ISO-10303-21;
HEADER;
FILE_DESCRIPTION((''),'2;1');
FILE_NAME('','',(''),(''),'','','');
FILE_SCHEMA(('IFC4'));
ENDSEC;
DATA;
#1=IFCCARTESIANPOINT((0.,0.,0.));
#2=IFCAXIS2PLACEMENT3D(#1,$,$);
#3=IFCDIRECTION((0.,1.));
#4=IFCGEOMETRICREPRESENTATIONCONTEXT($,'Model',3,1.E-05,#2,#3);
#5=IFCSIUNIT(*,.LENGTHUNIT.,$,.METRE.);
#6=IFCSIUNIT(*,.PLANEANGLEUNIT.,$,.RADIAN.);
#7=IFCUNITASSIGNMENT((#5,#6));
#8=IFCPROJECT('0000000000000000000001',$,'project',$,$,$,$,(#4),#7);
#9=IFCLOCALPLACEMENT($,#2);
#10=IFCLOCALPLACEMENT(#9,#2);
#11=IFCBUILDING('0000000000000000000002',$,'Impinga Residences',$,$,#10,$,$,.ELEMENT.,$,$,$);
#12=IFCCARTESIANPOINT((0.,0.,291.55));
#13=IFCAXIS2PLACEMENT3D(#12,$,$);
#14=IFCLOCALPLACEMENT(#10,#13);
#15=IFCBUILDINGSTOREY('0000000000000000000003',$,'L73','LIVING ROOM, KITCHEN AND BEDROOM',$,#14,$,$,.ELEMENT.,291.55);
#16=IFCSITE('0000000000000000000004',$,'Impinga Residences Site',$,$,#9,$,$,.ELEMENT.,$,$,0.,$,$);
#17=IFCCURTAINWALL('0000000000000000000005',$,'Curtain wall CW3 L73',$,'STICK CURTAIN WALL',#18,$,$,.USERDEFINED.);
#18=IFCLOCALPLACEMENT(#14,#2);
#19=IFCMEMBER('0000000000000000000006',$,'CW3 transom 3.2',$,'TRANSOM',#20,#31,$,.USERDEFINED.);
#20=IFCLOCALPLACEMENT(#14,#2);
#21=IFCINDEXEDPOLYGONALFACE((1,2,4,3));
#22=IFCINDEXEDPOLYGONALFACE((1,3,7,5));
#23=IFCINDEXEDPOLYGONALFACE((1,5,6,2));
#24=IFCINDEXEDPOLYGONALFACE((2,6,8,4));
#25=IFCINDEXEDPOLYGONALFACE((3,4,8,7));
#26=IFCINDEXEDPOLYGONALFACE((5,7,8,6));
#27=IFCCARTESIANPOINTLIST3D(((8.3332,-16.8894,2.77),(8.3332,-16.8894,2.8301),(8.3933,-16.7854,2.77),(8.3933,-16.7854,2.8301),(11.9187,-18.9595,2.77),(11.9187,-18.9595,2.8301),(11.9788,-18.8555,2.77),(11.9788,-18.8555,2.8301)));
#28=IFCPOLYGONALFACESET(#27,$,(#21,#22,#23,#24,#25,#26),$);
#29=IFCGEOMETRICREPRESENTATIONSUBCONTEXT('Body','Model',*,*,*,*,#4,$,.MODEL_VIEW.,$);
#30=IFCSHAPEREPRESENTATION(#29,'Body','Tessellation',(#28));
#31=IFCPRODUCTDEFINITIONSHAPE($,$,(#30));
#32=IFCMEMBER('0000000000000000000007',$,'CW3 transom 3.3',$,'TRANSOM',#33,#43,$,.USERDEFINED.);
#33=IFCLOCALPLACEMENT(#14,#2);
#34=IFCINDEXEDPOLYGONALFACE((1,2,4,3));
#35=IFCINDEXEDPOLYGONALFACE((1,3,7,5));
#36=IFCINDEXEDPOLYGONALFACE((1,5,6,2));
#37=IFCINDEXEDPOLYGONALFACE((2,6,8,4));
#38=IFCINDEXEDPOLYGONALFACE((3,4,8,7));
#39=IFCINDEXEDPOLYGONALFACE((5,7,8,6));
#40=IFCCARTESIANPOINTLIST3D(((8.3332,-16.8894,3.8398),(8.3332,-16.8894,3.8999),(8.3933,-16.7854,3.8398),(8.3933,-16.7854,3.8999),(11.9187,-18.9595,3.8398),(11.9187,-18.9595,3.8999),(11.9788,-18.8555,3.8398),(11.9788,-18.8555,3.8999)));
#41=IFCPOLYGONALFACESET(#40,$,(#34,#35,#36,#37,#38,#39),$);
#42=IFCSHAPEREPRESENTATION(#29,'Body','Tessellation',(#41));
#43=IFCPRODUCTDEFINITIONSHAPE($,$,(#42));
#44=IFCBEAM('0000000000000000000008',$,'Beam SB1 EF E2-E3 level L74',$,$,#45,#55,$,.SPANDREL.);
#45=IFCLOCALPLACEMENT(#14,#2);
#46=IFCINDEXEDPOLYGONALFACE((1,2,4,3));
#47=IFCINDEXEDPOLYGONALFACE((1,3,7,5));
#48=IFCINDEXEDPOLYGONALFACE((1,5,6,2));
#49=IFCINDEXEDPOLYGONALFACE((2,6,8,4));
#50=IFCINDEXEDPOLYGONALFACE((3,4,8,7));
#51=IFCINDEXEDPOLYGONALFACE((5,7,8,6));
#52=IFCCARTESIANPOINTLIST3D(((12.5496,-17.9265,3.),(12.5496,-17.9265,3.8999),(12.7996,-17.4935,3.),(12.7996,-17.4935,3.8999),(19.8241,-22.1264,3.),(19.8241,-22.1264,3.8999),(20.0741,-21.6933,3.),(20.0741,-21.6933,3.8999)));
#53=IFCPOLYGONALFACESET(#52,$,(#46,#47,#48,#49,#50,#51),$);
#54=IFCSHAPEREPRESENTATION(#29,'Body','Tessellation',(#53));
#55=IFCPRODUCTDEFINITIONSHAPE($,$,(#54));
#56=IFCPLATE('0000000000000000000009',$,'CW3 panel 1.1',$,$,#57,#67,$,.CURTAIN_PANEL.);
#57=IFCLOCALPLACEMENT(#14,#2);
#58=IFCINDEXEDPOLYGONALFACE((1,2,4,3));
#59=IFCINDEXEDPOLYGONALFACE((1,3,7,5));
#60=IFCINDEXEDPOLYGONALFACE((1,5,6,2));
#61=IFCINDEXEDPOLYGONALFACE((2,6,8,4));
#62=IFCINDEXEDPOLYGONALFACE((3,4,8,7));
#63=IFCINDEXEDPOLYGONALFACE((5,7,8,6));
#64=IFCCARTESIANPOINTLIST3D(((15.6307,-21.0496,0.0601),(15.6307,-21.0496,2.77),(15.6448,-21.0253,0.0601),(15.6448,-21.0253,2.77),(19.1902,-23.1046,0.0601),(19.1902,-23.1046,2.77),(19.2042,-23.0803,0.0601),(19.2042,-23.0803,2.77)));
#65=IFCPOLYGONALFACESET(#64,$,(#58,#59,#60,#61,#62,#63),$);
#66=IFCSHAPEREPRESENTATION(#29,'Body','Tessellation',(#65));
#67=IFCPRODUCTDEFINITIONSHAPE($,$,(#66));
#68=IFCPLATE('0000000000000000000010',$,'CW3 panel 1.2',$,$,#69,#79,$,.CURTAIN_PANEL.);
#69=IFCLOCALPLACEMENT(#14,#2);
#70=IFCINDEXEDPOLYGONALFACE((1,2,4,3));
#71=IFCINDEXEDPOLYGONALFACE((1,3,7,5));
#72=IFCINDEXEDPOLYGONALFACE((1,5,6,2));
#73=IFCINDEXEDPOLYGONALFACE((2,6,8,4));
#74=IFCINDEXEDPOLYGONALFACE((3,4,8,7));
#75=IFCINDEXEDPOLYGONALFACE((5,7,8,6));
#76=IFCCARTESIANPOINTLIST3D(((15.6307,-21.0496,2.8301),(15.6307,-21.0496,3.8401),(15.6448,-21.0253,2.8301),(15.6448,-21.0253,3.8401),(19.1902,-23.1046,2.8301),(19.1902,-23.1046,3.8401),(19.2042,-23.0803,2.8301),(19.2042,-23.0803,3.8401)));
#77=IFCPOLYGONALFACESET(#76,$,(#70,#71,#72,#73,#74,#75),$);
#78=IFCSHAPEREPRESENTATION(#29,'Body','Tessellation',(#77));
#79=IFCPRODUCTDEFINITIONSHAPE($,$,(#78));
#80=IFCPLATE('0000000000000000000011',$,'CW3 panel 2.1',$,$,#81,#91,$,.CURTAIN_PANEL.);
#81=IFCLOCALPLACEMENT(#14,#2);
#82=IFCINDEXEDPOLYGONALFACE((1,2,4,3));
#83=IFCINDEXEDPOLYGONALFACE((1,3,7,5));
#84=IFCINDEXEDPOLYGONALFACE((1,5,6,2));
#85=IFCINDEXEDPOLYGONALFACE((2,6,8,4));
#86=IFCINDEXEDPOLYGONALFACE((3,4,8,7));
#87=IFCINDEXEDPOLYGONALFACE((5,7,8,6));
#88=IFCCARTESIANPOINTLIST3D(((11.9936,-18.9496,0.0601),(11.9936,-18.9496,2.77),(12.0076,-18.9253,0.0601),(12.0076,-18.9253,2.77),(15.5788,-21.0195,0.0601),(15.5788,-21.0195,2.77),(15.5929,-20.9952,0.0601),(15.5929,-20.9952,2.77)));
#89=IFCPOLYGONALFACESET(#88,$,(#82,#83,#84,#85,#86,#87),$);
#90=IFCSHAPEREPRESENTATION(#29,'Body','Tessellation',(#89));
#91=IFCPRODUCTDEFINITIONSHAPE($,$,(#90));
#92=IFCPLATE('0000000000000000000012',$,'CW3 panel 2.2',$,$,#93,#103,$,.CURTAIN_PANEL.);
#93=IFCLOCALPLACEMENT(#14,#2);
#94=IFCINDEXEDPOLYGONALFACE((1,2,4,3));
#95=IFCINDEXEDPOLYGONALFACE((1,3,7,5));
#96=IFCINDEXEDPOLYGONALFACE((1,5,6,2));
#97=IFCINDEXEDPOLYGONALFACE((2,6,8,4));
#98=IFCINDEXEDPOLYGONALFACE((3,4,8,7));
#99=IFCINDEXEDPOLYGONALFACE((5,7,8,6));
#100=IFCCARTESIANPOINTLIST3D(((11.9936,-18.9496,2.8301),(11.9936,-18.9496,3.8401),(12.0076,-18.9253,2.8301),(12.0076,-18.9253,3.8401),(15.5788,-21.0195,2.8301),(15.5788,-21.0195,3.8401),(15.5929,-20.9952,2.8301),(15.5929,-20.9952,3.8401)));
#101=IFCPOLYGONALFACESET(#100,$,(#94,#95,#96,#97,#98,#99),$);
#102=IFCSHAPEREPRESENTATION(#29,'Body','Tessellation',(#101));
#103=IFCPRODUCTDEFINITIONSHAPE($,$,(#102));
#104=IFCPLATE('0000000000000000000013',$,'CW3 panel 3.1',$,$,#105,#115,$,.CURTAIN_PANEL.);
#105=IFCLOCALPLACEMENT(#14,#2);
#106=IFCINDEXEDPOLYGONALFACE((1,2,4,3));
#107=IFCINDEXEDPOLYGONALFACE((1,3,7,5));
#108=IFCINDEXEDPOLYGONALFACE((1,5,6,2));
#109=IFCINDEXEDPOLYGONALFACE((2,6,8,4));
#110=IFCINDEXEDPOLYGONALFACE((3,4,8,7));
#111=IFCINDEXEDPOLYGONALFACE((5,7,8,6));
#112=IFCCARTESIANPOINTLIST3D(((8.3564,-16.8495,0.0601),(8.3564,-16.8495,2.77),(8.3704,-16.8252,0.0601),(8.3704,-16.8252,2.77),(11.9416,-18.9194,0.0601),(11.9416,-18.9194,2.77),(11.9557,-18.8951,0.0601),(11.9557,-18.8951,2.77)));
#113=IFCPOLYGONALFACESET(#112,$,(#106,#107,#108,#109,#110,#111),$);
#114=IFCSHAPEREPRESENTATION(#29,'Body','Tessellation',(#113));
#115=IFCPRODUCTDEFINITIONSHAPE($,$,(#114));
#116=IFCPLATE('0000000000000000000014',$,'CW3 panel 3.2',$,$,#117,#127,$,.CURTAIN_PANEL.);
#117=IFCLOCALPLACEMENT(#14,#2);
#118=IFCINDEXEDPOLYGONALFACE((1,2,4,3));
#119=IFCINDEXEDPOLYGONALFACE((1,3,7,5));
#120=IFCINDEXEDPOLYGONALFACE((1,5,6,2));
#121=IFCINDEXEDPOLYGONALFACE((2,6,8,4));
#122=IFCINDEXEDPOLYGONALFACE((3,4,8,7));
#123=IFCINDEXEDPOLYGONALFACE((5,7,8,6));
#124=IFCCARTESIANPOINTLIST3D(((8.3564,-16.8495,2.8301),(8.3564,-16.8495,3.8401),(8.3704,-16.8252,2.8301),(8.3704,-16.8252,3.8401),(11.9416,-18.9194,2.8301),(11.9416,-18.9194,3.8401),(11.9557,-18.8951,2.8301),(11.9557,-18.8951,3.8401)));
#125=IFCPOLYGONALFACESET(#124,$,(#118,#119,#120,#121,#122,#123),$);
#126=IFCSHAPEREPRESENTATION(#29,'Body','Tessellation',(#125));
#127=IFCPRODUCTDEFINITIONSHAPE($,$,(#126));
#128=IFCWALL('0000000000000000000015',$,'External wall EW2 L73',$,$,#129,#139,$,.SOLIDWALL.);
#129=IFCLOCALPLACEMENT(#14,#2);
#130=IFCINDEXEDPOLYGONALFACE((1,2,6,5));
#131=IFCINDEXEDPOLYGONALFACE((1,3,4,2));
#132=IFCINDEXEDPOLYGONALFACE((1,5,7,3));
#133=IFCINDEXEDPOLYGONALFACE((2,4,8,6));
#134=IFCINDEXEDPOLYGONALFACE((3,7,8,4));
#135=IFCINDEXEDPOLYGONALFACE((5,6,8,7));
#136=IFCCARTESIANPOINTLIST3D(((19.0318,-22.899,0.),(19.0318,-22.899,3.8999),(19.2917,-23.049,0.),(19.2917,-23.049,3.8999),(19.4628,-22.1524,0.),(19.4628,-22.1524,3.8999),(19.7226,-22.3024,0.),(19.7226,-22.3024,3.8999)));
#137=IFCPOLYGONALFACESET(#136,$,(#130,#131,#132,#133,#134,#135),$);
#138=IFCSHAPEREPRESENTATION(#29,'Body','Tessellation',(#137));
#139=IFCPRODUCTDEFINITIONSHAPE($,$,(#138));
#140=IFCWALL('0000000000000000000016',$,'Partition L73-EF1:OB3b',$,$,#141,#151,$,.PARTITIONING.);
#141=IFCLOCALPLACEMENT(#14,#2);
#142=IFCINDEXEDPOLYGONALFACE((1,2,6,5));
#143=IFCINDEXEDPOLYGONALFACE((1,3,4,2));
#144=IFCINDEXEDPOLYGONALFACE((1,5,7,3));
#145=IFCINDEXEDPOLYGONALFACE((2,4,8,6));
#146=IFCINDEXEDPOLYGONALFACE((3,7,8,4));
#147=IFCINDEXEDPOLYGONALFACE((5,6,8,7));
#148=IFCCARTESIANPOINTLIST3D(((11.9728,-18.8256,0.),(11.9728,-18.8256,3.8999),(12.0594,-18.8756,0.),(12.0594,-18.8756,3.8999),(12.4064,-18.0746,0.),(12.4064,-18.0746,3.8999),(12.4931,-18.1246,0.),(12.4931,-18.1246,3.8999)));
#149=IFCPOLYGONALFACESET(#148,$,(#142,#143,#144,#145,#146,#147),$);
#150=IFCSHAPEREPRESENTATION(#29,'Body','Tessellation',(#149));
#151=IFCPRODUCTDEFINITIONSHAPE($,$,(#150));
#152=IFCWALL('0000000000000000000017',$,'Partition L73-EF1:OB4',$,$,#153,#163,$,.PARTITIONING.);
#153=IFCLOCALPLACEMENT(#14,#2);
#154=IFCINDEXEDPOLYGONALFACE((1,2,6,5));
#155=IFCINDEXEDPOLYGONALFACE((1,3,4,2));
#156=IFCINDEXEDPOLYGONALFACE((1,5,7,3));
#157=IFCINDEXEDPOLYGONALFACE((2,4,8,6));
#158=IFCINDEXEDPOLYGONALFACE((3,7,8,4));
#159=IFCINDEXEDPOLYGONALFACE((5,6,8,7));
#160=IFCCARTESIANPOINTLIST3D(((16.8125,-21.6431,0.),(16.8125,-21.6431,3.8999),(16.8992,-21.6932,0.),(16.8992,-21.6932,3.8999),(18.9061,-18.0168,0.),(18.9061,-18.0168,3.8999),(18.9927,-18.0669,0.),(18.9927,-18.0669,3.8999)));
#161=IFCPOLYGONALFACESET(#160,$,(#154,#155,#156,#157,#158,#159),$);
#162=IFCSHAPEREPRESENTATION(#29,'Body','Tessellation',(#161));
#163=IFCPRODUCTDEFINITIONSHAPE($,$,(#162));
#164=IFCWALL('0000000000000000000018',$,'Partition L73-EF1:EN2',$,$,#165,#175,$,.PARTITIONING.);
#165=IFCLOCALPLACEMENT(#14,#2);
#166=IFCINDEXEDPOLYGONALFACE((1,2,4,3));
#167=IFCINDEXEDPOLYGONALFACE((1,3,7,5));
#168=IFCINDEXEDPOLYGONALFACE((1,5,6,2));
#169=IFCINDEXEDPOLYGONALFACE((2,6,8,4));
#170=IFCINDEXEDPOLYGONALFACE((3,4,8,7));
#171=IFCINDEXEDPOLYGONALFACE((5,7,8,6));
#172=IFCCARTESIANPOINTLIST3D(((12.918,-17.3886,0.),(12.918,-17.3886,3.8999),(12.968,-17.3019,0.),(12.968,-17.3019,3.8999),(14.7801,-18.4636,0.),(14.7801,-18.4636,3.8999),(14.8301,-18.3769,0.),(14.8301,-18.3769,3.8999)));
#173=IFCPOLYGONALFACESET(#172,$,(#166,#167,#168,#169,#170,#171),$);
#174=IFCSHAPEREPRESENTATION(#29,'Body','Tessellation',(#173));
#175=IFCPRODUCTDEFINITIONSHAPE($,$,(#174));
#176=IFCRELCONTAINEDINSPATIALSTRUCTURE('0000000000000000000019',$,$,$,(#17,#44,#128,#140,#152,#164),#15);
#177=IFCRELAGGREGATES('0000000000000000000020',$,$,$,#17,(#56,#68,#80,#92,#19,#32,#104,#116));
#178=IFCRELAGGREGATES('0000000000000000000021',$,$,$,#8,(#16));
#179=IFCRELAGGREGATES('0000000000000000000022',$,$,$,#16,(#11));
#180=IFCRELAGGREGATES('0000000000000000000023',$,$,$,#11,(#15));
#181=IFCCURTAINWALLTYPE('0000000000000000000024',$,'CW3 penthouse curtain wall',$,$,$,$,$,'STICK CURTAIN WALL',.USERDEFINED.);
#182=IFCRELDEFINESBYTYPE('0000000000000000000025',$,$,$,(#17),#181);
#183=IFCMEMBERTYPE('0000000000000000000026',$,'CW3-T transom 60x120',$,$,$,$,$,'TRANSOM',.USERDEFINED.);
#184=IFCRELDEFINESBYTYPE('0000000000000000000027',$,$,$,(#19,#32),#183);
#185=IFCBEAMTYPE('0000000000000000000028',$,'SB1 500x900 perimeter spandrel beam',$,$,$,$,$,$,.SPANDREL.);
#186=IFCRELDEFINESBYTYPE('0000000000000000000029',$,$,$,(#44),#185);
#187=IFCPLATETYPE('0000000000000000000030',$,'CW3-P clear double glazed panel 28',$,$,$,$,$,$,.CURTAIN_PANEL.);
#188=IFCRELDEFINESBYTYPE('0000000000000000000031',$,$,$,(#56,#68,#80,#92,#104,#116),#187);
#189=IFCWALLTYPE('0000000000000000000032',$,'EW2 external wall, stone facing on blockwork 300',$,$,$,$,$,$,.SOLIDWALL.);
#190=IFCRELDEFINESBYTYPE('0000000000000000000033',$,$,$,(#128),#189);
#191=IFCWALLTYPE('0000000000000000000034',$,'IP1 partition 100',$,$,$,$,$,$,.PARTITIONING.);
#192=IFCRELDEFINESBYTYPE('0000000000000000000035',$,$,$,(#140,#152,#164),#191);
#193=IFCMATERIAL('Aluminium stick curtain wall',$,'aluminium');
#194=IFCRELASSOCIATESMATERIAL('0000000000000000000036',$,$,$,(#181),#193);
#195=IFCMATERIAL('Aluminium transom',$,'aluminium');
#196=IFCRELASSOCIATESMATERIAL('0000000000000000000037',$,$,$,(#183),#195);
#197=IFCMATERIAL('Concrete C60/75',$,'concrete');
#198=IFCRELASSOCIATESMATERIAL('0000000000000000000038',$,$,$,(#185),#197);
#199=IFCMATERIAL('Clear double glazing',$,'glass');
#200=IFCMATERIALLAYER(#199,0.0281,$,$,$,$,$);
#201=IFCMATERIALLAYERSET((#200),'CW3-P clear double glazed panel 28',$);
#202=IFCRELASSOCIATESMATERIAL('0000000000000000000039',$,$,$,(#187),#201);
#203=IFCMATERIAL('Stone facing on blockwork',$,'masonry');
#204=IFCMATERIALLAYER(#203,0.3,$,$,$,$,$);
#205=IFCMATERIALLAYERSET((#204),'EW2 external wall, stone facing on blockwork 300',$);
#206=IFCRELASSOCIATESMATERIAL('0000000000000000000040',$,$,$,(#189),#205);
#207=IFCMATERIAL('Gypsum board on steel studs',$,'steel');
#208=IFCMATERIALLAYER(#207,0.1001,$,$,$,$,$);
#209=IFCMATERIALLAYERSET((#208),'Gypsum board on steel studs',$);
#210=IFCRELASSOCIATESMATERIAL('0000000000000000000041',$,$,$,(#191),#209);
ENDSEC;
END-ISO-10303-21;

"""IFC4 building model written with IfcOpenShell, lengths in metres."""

from ifc_helpers import new_model, si_unit, direction, frame, frame_2d, origin, origin_2d, place, context, subcontext, project, spatial, rectangle, extrude, material, layer, layer_set, material_profile, profile_set, type_object, element, aggregate, save


model = new_model("IFC4")

# Units and contexts
model_context = context("Model", 3, precision=1e-05, world=origin(), true_north=direction((0.0, 1.0)))
body_context = subcontext(model_context, "Body", "Model", "MODEL_VIEW")
ifc_project = project(units=[si_unit("LENGTHUNIT", "METRE"), si_unit("PLANEANGLEUNIT", "RADIAN")], contexts=[model_context])

# Site, building, storey
site_placement = place(None, origin())
site = spatial("IfcSite", under=ifc_project, at=site_placement, Name="Impinga Residences Site", CompositionType="ELEMENT", RefElevation=0.0)
building_placement = place(site_placement, origin())
building = spatial("IfcBuilding", under=site, at=building_placement, Name="Impinga Residences", CompositionType="ELEMENT")
storey_placement = place(building_placement, frame((0.0, 0.0, 291.55)))
storey = spatial("IfcBuildingStorey", under=building, at=storey_placement, Name="L73", Description="LIVING ROOM, KITCHEN AND BEDROOM", CompositionType="ELEMENT", Elevation=291.55)

# Shared definitions
ifc_material_1 = material(Name="Concrete C60/75", Category="concrete")

# Curtain wall, members
ifc_material_2 = material(Name="Aluminium stick curtain wall", Category="aluminium")
curtain_wall_type = type_object("IfcCurtainWallType", Name="CW3 penthouse curtain wall", ElementType="STICK CURTAIN WALL", PredefinedType="USERDEFINED", material=ifc_material_2)
curtain_wall_placement = place(storey_placement, origin())
curtain_wall = element("IfcCurtainWall", 1, at=curtain_wall_placement, inside=storey, type_object=curtain_wall_type, Name="Curtain wall CW3 L73", ObjectType="STICK CURTAIN WALL", PredefinedType="USERDEFINED")
ifc_material_3 = material(Name="Aluminium transom", Category="aluminium")
ifc_material_profile_1 = material_profile(ifc_material_3, rectangle(XDim=0.0601, YDim=0.1201, at=origin_2d()), Name="60x120 transom")
ifc_profile_set_1 = profile_set([ifc_material_profile_1], Name="Aluminium transom")
member_type_1 = type_object("IfcMemberType", Name="CW3-T transom 60x120", ElementType="TRANSOM", PredefinedType="USERDEFINED", material=ifc_profile_set_1)
member_1_placement = place(storey_placement, frame((11.9487, -18.9075, 2.8), z_axis=(-0.866025, 0.500002, 0.0), x_axis=(0.0, 0.0, 1.0)))
member_1 = element("IfcMember", 2, at=member_1_placement, type_object=member_type_1, Name="CW3 transom 3.2", ObjectType="TRANSOM", PredefinedType="USERDEFINED", context=body_context, shape_type="SweptSolid", body=[
    extrude(rectangle(XDim=0.0601, YDim=0.1201, at=origin_2d()), origin(), (0.0, 0.0, 1.0), 4.1401),
])
member_2_placement = place(storey_placement, frame((11.9487, -18.9075, 3.8699), z_axis=(-0.866025, 0.500002, 0.0), x_axis=(0.0, 0.0, 1.0)))
member_2 = element("IfcMember", 3, at=member_2_placement, type_object=member_type_1, Name="CW3 transom 3.3", ObjectType="TRANSOM", PredefinedType="USERDEFINED", context=body_context, shape_type="SweptSolid", body=[
    extrude(rectangle(XDim=0.0601, YDim=0.1201, at=origin_2d()), origin(), (0.0, 0.0, 1.0), 4.1401),
])

# Beam
ifc_material_profile_2 = material_profile(ifc_material_1, rectangle(XDim=0.5, YDim=0.8999, at=origin_2d()), Name="RC 500x900")
ifc_profile_set_2 = profile_set([ifc_material_profile_2], Name="Concrete C60/75")
beam_type_1 = type_object("IfcBeamType", Name="SB1 500x900 perimeter spandrel beam", PredefinedType="SPANDREL", material=ifc_profile_set_2)
beam_1_placement = place(storey_placement, frame((12.6746, -17.71, 3.45), z_axis=(0.866029, -0.499993, 0.0), x_axis=(0.499993, 0.866029, 0.0)))
element("IfcBeam", 4, at=beam_1_placement, inside=storey, type_object=beam_type_1, Name="Beam SB1 EF E2-E3 level L74", PredefinedType="SPANDREL", context=body_context, shape_type="SweptSolid", body=[
    extrude(rectangle(XDim=0.5, YDim=0.8999, at=origin_2d()), origin(), (0.0, 0.0, 1.0), 8.3999),
])

# Plates
ifc_material_4 = material(Name="Clear double glazing", Category="glass")
ifc_layer_1 = layer(ifc_material_4, 0.0281)
ifc_layer_set_1 = layer_set([ifc_layer_1], Name="CW3-P clear double glazed panel 28")
plate_type = type_object("IfcPlateType", Name="CW3-P clear double glazed panel 28", PredefinedType="CURTAIN_PANEL", material=ifc_layer_set_1)
plate_1_placement = place(storey_placement, frame((17.4175, -22.0649, 0.0601), z_axis=(0.0, 0.0, 1.0), x_axis=(-0.866025, 0.5, 0.0)))
plate_1 = element("IfcPlate", 5, at=plate_1_placement, type_object=plate_type, Name="CW3 panel 1.1", PredefinedType="CURTAIN_PANEL", context=body_context, shape_type="SweptSolid", body=[
    extrude(rectangle(XDim=4.1101, YDim=0.0281, at=origin_2d()), origin(), (0.0, 0.0, 1.0), 2.71),
])
plate_2_placement = place(storey_placement, frame((17.4175, -22.0649, 2.8301), z_axis=(0.0, 0.0, 1.0), x_axis=(-0.866025, 0.5, 0.0)))
plate_2 = element("IfcPlate", 6, at=plate_2_placement, type_object=plate_type, Name="CW3 panel 1.2", PredefinedType="CURTAIN_PANEL", context=body_context, shape_type="SweptSolid", body=[
    extrude(rectangle(XDim=4.1101, YDim=0.0281, at=origin_2d()), origin(), (0.0, 0.0, 1.0), 1.01),
])
plate_3_placement = place(storey_placement, frame((13.7932, -19.9724, 0.0601), z_axis=(0.0, 0.0, 1.0), x_axis=(-0.866025, 0.5, 0.0)))
plate_3 = element("IfcPlate", 7, at=plate_3_placement, type_object=plate_type, Name="CW3 panel 2.1", PredefinedType="CURTAIN_PANEL", context=body_context, shape_type="SweptSolid", body=[
    extrude(rectangle(XDim=4.1399, YDim=0.0281, at=origin_2d()), origin(), (0.0, 0.0, 1.0), 2.71),
])
plate_4_placement = place(storey_placement, frame((13.7932, -19.9724, 2.8301), z_axis=(0.0, 0.0, 1.0), x_axis=(-0.866025, 0.5, 0.0)))
plate_4 = element("IfcPlate", 8, at=plate_4_placement, type_object=plate_type, Name="CW3 panel 2.2", PredefinedType="CURTAIN_PANEL", context=body_context, shape_type="SweptSolid", body=[
    extrude(rectangle(XDim=4.1399, YDim=0.0281, at=origin_2d()), origin(), (0.0, 0.0, 1.0), 1.01),
])
plate_5_placement = place(storey_placement, frame((10.156, -17.8723, 0.0601), z_axis=(0.0, 0.0, 1.0), x_axis=(-0.866025, 0.5, 0.0)))
plate_5 = element("IfcPlate", 9, at=plate_5_placement, type_object=plate_type, Name="CW3 panel 3.1", PredefinedType="CURTAIN_PANEL", context=body_context, shape_type="SweptSolid", body=[
    extrude(rectangle(XDim=4.1399, YDim=0.0281, at=origin_2d()), origin(), (0.0, 0.0, 1.0), 2.71),
])
plate_6_placement = place(storey_placement, frame((10.156, -17.8723, 2.8301), z_axis=(0.0, 0.0, 1.0), x_axis=(-0.866025, 0.5, 0.0)))
plate_6 = element("IfcPlate", 10, at=plate_6_placement, type_object=plate_type, Name="CW3 panel 3.2", PredefinedType="CURTAIN_PANEL", context=body_context, shape_type="SweptSolid", body=[
    extrude(rectangle(XDim=4.1399, YDim=0.0281, at=origin_2d()), origin(), (0.0, 0.0, 1.0), 1.01),
])
aggregate(curtain_wall, [plate_1, plate_2, plate_3, plate_4, member_1, member_2, plate_5, plate_6])

# Walls
ifc_material_5 = material(Name="Stone facing on blockwork", Category="masonry")
ifc_layer_2 = layer(ifc_material_5, 0.3)
ifc_layer_set_2 = layer_set([ifc_layer_2], Name="EW2 external wall, stone facing on blockwork 300")
wall_type_1 = type_object("IfcWallType", Name="EW2 external wall, stone facing on blockwork 300", PredefinedType="SOLIDWALL", material=ifc_layer_set_2)
wall_1_placement = place(storey_placement, frame((19.5928, -22.2273, 0.0), z_axis=(0.0, 0.0, 1.0), x_axis=(-0.499886, -0.866091, 0.0)))
element("IfcWall", 11, at=wall_1_placement, inside=storey, type_object=wall_type_1, Name="External wall EW2 L73", PredefinedType="SOLIDWALL", context=body_context, shape_type="SweptSolid", body=[
    extrude(rectangle(XDim=0.8621, YDim=0.3, at=frame_2d((0.4312, 0.0))), origin(), (0.0, 0.0, 1.0), 3.8999),
])
ifc_material_6 = material(Name="Gypsum board on steel studs", Category="steel")
ifc_layer_3 = layer(ifc_material_6, 0.1001)
ifc_layer_set_3 = layer_set([ifc_layer_3], Name="Gypsum board on steel studs")
wall_type_2 = type_object("IfcWallType", Name="IP1 partition 100", PredefinedType="PARTITIONING", material=ifc_layer_set_3)
wall_2_placement = place(storey_placement, frame((12.4497, -18.0996, 0.0), z_axis=(0.0, 0.0, 1.0), x_axis=(-0.500015, -0.866017, 0.0)))
element("IfcWall", 12, at=wall_2_placement, inside=storey, type_object=wall_type_2, Name="Partition L73-EF1:OB3b", PredefinedType="PARTITIONING", context=body_context, shape_type="SweptSolid", body=[
    extrude(rectangle(XDim=0.8672, YDim=0.1001, at=frame_2d((0.4336, 0.0))), origin(), (0.0, 0.0, 1.0), 3.8999),
])
wall_3_placement = place(storey_placement, frame((18.9495, -18.0417, 0.0), z_axis=(0.0, 0.0, 1.0), x_axis=(-0.499983, -0.866035, 0.0)))
element("IfcWall", 13, at=wall_3_placement, inside=storey, type_object=wall_type_2, Name="Partition L73-EF1:OB4", PredefinedType="PARTITIONING", context=body_context, shape_type="SweptSolid", body=[
    extrude(rectangle(XDim=4.1873, YDim=0.1001, at=frame_2d((2.0938, 0.0))), origin(), (0.0, 0.0, 1.0), 3.8999),
])
wall_4_placement = place(storey_placement, frame((12.9429, -17.3452, 0.0), z_axis=(0.0, 0.0, 1.0), x_axis=(0.866048, -0.499962, 0.0)))
element("IfcWall", 14, at=wall_4_placement, inside=storey, type_object=wall_type_2, Name="Partition L73-EF1:EN2", PredefinedType="PARTITIONING", context=body_context, shape_type="SweptSolid", body=[
    extrude(rectangle(XDim=2.1501, YDim=0.1001, at=frame_2d((1.0752, 0.0))), origin(), (0.0, 0.0, 1.0), 3.8999),
])

save(model, "model.ifc")
